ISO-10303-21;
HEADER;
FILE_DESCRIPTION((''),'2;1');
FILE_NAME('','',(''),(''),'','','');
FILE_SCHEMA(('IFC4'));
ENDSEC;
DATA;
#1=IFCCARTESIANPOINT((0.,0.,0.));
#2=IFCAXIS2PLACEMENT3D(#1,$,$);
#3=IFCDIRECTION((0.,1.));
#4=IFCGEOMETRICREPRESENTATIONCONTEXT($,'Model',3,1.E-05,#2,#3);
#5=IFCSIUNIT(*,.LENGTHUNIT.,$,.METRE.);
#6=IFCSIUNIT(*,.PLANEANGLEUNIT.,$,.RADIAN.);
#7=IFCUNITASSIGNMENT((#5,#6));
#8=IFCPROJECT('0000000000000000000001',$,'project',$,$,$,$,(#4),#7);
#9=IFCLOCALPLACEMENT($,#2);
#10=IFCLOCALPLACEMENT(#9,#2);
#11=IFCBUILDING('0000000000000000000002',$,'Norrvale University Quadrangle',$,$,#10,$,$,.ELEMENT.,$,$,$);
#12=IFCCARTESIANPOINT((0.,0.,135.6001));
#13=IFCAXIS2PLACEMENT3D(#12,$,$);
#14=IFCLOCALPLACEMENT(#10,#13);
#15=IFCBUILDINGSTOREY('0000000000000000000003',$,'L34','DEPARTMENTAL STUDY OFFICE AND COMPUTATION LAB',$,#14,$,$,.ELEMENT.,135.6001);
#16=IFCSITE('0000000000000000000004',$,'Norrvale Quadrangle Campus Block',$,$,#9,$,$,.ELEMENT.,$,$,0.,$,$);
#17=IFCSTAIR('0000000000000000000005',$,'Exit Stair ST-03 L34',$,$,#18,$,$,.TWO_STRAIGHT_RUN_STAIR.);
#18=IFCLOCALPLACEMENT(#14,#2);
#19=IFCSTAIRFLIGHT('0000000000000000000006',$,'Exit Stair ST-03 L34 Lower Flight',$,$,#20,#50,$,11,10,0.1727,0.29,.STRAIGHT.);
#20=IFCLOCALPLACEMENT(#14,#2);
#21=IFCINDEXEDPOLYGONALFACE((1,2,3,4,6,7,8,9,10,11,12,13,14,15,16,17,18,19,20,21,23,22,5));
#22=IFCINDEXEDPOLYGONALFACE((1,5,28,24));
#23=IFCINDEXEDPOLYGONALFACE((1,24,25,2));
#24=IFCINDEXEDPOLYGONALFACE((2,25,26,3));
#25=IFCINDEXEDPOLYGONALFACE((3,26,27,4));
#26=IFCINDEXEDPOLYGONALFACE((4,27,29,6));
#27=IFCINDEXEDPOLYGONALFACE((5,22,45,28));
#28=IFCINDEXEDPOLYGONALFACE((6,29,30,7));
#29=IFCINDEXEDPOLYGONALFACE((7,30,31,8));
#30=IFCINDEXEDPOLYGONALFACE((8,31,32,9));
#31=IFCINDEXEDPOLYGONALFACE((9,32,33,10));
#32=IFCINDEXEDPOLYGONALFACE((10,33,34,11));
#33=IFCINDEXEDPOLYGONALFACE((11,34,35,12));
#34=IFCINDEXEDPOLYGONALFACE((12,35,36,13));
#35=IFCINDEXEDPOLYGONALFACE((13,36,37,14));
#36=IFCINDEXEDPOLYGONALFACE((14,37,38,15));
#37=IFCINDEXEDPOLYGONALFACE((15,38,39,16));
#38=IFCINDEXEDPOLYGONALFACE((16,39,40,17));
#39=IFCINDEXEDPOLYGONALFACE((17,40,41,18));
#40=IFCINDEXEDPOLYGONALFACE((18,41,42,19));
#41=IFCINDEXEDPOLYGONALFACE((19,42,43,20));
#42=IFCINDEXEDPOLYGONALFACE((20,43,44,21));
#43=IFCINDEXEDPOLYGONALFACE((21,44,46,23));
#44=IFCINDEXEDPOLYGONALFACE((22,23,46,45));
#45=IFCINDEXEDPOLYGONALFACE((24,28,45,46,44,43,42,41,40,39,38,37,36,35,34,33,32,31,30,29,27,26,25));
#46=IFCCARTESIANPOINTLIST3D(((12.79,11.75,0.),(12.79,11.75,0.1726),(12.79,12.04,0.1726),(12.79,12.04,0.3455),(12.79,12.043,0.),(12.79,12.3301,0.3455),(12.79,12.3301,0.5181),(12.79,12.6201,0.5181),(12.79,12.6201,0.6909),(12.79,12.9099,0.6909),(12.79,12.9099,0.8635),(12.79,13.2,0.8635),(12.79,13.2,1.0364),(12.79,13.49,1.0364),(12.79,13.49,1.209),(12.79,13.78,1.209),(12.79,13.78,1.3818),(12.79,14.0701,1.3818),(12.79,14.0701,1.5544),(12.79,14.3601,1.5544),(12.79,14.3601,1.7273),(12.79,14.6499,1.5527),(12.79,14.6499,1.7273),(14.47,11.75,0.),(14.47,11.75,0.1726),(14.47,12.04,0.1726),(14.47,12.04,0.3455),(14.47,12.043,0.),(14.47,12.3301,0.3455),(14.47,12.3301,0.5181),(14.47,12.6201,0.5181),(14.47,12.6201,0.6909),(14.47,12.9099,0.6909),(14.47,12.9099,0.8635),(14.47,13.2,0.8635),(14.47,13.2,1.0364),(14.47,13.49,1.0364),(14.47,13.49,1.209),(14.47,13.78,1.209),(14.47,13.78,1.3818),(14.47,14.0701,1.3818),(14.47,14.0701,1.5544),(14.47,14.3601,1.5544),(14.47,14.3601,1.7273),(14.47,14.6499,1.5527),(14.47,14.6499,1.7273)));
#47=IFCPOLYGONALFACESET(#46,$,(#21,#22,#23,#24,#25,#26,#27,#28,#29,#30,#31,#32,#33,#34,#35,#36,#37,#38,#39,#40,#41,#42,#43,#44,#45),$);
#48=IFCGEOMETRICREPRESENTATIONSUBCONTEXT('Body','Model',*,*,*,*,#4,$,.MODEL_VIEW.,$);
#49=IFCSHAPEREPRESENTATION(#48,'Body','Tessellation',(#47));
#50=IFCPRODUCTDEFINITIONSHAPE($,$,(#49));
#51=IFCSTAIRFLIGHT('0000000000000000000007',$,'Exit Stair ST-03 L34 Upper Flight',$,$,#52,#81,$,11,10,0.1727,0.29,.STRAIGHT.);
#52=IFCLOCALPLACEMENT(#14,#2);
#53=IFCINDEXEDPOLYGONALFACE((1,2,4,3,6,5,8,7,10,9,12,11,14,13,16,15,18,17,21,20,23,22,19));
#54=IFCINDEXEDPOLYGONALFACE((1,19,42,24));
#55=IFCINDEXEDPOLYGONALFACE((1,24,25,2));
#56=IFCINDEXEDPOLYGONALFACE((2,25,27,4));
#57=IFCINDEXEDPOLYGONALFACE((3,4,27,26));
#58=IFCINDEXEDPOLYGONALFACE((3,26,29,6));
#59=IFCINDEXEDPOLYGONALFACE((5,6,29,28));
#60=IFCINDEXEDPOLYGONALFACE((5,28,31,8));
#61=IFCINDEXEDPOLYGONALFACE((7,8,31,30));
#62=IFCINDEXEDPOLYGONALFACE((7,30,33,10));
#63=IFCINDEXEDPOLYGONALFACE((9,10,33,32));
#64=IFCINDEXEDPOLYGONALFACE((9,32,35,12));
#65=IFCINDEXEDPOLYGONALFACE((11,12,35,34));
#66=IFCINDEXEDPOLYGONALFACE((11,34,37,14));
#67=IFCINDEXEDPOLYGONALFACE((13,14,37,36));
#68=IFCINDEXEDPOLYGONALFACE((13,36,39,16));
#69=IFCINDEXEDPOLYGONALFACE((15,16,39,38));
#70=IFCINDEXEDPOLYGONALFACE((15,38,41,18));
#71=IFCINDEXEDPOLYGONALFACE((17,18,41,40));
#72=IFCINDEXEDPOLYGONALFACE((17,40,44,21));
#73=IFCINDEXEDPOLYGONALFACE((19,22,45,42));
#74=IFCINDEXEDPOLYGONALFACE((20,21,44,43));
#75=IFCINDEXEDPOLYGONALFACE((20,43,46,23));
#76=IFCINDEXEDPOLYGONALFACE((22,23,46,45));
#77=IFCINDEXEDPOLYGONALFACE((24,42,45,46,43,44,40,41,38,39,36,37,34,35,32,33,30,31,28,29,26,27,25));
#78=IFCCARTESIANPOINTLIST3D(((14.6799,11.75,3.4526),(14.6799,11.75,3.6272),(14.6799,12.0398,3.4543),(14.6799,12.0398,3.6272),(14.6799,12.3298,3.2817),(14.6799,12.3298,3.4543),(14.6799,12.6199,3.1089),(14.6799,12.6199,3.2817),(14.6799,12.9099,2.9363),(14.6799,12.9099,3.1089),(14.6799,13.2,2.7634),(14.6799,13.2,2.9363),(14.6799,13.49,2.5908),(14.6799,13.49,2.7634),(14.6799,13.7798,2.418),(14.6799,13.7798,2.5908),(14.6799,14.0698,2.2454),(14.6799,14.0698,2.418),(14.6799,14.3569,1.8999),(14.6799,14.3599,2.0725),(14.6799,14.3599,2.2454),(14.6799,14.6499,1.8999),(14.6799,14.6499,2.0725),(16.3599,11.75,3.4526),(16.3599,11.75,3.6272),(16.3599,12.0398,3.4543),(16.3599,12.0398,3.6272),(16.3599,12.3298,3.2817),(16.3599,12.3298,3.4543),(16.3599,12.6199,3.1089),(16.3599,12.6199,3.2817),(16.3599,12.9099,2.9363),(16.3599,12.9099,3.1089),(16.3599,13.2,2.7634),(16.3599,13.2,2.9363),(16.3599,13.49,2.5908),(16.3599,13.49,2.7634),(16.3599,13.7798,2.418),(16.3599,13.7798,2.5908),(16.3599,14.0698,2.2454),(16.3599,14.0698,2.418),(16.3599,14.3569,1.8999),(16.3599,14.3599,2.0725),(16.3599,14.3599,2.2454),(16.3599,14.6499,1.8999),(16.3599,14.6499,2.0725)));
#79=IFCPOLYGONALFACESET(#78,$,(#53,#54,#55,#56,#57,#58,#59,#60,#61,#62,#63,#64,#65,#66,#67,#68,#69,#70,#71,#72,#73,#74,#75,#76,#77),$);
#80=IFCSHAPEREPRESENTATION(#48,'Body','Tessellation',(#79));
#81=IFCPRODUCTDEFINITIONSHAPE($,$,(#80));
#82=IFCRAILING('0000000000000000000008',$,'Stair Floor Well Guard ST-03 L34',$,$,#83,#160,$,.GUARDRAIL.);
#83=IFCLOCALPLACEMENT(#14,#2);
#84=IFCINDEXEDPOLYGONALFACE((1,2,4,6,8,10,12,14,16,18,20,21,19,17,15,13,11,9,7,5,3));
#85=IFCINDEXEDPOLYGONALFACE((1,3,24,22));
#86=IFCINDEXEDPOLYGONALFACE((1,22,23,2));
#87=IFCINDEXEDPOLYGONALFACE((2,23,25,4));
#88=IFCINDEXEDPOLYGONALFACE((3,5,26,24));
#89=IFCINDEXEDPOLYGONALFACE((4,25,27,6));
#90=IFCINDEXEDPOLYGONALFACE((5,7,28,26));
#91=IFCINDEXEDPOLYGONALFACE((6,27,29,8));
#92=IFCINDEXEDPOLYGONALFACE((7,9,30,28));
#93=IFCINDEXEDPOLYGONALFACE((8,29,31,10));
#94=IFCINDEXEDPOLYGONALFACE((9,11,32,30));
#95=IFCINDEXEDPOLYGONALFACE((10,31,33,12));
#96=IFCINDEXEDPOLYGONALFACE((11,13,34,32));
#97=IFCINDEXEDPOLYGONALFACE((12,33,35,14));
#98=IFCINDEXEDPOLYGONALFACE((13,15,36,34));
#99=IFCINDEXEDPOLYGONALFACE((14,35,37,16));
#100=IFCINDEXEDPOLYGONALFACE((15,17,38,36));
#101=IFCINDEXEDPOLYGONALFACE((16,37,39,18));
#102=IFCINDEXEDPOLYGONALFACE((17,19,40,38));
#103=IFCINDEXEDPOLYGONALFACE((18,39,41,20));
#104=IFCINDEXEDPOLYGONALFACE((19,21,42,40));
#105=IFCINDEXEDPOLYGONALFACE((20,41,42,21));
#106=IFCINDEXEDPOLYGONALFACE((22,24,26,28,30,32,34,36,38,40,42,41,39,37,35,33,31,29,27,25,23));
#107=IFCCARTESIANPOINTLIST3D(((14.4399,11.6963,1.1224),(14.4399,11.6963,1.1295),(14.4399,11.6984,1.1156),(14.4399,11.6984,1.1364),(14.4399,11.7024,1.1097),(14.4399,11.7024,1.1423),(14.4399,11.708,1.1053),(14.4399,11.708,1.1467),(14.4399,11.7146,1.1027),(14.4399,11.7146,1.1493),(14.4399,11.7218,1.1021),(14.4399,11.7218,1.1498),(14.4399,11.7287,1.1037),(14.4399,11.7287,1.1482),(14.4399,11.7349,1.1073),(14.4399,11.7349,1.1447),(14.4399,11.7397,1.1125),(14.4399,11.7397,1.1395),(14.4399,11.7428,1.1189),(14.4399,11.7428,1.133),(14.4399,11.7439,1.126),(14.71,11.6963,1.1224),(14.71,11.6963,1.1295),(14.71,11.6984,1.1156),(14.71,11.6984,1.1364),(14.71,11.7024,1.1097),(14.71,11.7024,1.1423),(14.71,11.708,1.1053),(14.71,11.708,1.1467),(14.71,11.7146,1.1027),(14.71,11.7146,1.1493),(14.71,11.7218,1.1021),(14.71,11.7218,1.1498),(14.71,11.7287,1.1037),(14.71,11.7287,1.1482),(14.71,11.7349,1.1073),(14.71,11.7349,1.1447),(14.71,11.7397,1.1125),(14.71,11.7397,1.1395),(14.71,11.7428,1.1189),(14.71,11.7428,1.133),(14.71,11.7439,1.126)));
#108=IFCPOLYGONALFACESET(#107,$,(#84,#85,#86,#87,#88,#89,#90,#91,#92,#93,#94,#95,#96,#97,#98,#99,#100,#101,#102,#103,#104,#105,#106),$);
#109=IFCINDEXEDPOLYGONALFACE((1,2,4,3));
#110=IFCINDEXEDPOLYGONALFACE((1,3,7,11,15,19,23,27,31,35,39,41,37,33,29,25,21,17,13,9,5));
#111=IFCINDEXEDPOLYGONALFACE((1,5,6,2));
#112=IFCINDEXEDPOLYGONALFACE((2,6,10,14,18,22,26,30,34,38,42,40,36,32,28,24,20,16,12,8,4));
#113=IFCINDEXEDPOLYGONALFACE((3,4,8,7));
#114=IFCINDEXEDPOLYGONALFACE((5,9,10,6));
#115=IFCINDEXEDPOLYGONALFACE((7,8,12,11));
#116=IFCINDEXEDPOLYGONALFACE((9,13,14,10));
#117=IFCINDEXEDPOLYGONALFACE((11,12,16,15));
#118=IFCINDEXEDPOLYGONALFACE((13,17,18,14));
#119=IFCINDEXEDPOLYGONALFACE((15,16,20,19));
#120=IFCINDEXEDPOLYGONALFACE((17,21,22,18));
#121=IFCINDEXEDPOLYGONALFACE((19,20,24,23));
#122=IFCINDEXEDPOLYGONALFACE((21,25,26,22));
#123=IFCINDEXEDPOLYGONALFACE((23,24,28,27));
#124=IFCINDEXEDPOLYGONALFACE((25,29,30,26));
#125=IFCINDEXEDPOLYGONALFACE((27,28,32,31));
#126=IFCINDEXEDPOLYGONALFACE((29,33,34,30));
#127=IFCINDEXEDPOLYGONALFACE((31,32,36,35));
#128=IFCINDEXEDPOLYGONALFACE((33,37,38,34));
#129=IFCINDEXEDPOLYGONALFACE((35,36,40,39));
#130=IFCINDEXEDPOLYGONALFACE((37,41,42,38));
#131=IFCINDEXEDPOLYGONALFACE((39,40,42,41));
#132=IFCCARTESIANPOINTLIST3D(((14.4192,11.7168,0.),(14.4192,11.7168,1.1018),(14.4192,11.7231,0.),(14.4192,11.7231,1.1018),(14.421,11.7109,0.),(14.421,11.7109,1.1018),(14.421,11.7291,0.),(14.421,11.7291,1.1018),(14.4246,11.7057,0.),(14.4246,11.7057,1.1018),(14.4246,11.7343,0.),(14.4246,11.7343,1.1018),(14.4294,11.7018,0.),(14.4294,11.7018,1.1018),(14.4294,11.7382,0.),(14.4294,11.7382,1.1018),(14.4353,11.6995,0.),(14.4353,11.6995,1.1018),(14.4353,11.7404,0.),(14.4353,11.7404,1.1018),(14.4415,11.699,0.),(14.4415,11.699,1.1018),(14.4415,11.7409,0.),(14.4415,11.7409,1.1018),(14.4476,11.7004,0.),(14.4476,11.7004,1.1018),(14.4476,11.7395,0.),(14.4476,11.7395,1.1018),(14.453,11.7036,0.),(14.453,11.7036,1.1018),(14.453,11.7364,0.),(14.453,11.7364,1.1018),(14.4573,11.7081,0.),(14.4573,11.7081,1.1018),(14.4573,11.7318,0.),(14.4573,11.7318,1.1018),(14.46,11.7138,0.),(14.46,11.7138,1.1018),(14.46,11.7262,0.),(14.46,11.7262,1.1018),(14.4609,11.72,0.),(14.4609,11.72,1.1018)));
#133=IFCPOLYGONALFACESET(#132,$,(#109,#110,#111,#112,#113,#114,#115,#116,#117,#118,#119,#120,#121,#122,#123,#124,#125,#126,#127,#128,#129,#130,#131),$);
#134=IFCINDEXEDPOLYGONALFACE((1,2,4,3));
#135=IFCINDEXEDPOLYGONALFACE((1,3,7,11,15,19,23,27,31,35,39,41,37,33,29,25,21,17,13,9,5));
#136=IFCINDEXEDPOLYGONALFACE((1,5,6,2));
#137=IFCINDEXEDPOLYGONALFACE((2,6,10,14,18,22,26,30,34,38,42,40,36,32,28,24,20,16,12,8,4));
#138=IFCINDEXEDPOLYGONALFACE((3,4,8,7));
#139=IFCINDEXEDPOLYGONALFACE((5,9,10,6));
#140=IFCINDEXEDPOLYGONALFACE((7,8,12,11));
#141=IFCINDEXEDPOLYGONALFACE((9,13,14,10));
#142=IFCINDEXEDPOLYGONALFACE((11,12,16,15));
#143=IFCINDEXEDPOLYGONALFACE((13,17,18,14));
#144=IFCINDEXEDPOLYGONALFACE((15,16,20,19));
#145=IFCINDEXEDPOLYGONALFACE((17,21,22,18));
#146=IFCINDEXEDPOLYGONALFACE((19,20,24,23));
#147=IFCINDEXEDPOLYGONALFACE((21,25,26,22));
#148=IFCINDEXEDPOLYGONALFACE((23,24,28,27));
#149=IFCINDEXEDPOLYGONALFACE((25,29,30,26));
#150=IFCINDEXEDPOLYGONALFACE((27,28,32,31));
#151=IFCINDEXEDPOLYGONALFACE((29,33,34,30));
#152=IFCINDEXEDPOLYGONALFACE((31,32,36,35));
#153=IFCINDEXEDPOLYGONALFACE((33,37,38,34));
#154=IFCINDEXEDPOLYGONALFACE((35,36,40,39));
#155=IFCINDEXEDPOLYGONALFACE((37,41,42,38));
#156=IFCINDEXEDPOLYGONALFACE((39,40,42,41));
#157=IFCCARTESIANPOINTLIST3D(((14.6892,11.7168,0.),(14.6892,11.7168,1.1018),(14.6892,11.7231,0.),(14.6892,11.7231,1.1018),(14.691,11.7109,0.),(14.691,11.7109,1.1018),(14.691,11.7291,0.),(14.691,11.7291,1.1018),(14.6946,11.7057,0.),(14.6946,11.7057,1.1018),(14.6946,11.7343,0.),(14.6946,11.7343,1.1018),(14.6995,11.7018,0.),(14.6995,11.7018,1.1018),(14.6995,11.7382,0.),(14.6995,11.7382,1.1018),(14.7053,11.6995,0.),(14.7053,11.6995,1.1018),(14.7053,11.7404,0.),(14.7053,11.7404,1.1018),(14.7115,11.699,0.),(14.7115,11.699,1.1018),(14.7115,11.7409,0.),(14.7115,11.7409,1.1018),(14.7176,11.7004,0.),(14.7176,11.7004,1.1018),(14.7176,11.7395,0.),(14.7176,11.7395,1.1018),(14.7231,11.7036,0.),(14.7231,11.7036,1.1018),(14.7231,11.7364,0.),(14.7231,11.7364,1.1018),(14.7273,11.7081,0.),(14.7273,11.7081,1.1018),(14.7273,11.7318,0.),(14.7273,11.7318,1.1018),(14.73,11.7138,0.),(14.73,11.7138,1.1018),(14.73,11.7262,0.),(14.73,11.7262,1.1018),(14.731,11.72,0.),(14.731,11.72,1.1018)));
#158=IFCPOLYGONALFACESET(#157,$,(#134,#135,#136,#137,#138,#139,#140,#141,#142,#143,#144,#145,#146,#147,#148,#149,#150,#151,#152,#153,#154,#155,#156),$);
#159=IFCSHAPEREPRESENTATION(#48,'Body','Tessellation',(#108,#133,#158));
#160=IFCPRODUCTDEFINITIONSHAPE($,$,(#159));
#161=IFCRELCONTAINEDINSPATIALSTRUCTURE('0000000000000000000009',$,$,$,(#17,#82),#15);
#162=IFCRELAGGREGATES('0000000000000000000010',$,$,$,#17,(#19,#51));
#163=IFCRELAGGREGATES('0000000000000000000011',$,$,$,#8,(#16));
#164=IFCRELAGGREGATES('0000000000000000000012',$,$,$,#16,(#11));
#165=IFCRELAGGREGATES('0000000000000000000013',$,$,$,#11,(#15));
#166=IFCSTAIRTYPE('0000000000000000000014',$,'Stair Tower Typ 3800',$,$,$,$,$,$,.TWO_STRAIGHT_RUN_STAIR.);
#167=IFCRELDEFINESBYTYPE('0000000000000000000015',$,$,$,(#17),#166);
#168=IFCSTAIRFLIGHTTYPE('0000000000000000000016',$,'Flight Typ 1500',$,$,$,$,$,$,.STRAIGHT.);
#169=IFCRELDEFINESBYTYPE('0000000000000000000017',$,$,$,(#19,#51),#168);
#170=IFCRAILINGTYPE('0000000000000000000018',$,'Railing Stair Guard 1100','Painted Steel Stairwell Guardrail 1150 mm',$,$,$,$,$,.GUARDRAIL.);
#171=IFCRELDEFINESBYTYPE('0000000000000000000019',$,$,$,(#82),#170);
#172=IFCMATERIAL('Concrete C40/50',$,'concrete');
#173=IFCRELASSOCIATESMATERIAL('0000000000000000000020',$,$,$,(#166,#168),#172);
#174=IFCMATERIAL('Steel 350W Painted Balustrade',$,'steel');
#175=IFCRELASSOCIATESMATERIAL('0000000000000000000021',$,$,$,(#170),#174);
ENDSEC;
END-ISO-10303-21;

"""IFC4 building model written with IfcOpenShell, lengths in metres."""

from ifc_helpers import new_model, si_unit, direction, frame, origin, origin_2d, place, context, subcontext, project, spatial, polyline, circle, outline, extrude, material, type_object, element, aggregate, save


model = new_model("IFC4")

# Units and contexts
model_context = context("Model", 3, precision=1e-05, world=origin(), true_north=direction((0.0, 1.0)))
body_context = subcontext(model_context, "Body", "Model", "MODEL_VIEW")
ifc_project = project(units=[si_unit("LENGTHUNIT", "METRE"), si_unit("PLANEANGLEUNIT", "RADIAN")], contexts=[model_context])

# Site, building, storey
site_placement = place(None, origin())
site = spatial("IfcSite", under=ifc_project, at=site_placement, Name="Norrvale Quadrangle Campus Block", CompositionType="ELEMENT", RefElevation=0.0)
building_placement = place(site_placement, origin())
building = spatial("IfcBuilding", under=site, at=building_placement, Name="Norrvale University Quadrangle", CompositionType="ELEMENT")
storey_placement = place(building_placement, frame((0.0, 0.0, 135.6001)))
storey = spatial("IfcBuildingStorey", under=building, at=storey_placement, Name="L34", Description="DEPARTMENTAL STUDY OFFICE AND COMPUTATION LAB", CompositionType="ELEMENT", Elevation=135.6001)

# Stair, stair flights
ifc_material_1 = material(Name="Concrete C40/50", Category="concrete")
stair_type = type_object("IfcStairType", Name="Stair Tower Typ 3800", PredefinedType="TWO_STRAIGHT_RUN_STAIR", material=ifc_material_1)
stair_placement = place(storey_placement, origin())
stair = element("IfcStair", 1, at=stair_placement, inside=storey, type_object=stair_type, Name="Exit Stair ST-03 L34", PredefinedType="TWO_STRAIGHT_RUN_STAIR")
stair_flight_type = type_object("IfcStairFlightType", Name="Flight Typ 1500", PredefinedType="STRAIGHT", material=ifc_material_1)
stair_flight_1_placement = place(storey_placement, frame((13.6299, 11.75, 0.0), z_axis=(0.0, 0.0, 1.0), x_axis=(0.0, 1.0, 0.0)))
stair_flight_1 = element("IfcStairFlight", 2, at=stair_flight_1_placement, type_object=stair_flight_type, Name="Exit Stair ST-03 L34 Lower Flight", NumberOfRisers=11, NumberOfTreads=10, PredefinedType="STRAIGHT", RiserHeight=0.1727, TreadLength=0.29, context=body_context, shape_type="SweptSolid", body=[
    extrude(outline(polyline([(0.0, 0.0), (0.0, 0.1726), (0.29, 0.1726), (0.29, 0.3455), (0.5801, 0.3455), (0.5801, 0.5181), (0.8701, 0.5181), (0.8701, 0.6909), (1.1599, 0.6909), (1.1599, 0.8635), (1.45, 0.8635), (1.45, 1.0364), (1.74, 1.0364), (1.74, 1.209), (2.03, 1.209), (2.03, 1.3818), (2.3201, 1.3818), (2.3201, 1.5544), (2.6101, 1.5544), (2.6101, 1.7273), (2.8999, 1.7273), (2.8999, 1.8999), (2.8999, 1.5527), (0.293, 0.0), (0.0, 0.0)])), frame((0.0, 0.8398, 0.0), z_axis=(0.0, -1.0, 0.0), x_axis=(1.0, 0.0, 0.0)), (0.0, 0.0, 1.0), 1.6799),
])
stair_flight_2_placement = place(storey_placement, frame((15.52, 14.6499, 1.8999), z_axis=(0.0, 0.0, 1.0), x_axis=(0.0, -1.0, 0.0)))
stair_flight_2 = element("IfcStairFlight", 3, at=stair_flight_2_placement, type_object=stair_flight_type, Name="Exit Stair ST-03 L34 Upper Flight", NumberOfRisers=11, NumberOfTreads=10, PredefinedType="STRAIGHT", RiserHeight=0.1727, TreadLength=0.29, context=body_context, shape_type="SweptSolid", body=[
    extrude(outline(polyline([(0.0, 0.0), (0.0, 0.1726), (0.29, 0.1726), (0.29, 0.3455), (0.5801, 0.3455), (0.5801, 0.5181), (0.8701, 0.5181), (0.8701, 0.6909), (1.1599, 0.6909), (1.1599, 0.8635), (1.45, 0.8635), (1.45, 1.0364), (1.74, 1.0364), (1.74, 1.209), (2.03, 1.209), (2.03, 1.3818), (2.3201, 1.3818), (2.3201, 1.5544), (2.6101, 1.5544), (2.6101, 1.7273), (2.8999, 1.7273), (2.8999, 1.8999), (2.8999, 1.5527), (0.293, 0.0), (0.0, 0.0)])), frame((0.0, 0.8398, 0.0), z_axis=(0.0, -1.0, 0.0), x_axis=(1.0, 0.0, 0.0)), (0.0, 0.0, 1.0), 1.6799),
])
aggregate(stair, [stair_flight_1, stair_flight_2])

# Railing
ifc_material_2 = material(Name="Steel 350W Painted Balustrade", Category="steel")
railing_type_1 = type_object("IfcRailingType", Name="Railing Stair Guard 1100", Description="Painted Steel Stairwell Guardrail 1150 mm", PredefinedType="GUARDRAIL", material=ifc_material_2)
for number, where, name in (
    (4, (14.4399, 11.72, 0.0), "Stair Floor Well Guard ST-03 L34"),
):
    element("IfcRailing", number, at=place(storey_placement, frame(where)), inside=storey, type_object=railing_type_1, Name=name, PredefinedType="GUARDRAIL", context=body_context, shape_type="SweptSolid", body=[
        extrude(circle(Radius=0.0239, at=origin_2d()), frame((0.0, 0.0, 1.126), z_axis=(1.0, 0.0, 0.0), x_axis=(0.0, 1.0, 0.0)), (0.0, 0.0, 1.0), 0.27),
        extrude(circle(Radius=0.021, at=origin_2d()), origin(), (0.0, 0.0, 1.0), 1.1018),
        extrude(circle(Radius=0.021, at=origin_2d()), frame((0.27, 0.0, 0.0)), (0.0, 0.0, 1.0), 1.1018),
    ])

save(model, "model.ifc")
